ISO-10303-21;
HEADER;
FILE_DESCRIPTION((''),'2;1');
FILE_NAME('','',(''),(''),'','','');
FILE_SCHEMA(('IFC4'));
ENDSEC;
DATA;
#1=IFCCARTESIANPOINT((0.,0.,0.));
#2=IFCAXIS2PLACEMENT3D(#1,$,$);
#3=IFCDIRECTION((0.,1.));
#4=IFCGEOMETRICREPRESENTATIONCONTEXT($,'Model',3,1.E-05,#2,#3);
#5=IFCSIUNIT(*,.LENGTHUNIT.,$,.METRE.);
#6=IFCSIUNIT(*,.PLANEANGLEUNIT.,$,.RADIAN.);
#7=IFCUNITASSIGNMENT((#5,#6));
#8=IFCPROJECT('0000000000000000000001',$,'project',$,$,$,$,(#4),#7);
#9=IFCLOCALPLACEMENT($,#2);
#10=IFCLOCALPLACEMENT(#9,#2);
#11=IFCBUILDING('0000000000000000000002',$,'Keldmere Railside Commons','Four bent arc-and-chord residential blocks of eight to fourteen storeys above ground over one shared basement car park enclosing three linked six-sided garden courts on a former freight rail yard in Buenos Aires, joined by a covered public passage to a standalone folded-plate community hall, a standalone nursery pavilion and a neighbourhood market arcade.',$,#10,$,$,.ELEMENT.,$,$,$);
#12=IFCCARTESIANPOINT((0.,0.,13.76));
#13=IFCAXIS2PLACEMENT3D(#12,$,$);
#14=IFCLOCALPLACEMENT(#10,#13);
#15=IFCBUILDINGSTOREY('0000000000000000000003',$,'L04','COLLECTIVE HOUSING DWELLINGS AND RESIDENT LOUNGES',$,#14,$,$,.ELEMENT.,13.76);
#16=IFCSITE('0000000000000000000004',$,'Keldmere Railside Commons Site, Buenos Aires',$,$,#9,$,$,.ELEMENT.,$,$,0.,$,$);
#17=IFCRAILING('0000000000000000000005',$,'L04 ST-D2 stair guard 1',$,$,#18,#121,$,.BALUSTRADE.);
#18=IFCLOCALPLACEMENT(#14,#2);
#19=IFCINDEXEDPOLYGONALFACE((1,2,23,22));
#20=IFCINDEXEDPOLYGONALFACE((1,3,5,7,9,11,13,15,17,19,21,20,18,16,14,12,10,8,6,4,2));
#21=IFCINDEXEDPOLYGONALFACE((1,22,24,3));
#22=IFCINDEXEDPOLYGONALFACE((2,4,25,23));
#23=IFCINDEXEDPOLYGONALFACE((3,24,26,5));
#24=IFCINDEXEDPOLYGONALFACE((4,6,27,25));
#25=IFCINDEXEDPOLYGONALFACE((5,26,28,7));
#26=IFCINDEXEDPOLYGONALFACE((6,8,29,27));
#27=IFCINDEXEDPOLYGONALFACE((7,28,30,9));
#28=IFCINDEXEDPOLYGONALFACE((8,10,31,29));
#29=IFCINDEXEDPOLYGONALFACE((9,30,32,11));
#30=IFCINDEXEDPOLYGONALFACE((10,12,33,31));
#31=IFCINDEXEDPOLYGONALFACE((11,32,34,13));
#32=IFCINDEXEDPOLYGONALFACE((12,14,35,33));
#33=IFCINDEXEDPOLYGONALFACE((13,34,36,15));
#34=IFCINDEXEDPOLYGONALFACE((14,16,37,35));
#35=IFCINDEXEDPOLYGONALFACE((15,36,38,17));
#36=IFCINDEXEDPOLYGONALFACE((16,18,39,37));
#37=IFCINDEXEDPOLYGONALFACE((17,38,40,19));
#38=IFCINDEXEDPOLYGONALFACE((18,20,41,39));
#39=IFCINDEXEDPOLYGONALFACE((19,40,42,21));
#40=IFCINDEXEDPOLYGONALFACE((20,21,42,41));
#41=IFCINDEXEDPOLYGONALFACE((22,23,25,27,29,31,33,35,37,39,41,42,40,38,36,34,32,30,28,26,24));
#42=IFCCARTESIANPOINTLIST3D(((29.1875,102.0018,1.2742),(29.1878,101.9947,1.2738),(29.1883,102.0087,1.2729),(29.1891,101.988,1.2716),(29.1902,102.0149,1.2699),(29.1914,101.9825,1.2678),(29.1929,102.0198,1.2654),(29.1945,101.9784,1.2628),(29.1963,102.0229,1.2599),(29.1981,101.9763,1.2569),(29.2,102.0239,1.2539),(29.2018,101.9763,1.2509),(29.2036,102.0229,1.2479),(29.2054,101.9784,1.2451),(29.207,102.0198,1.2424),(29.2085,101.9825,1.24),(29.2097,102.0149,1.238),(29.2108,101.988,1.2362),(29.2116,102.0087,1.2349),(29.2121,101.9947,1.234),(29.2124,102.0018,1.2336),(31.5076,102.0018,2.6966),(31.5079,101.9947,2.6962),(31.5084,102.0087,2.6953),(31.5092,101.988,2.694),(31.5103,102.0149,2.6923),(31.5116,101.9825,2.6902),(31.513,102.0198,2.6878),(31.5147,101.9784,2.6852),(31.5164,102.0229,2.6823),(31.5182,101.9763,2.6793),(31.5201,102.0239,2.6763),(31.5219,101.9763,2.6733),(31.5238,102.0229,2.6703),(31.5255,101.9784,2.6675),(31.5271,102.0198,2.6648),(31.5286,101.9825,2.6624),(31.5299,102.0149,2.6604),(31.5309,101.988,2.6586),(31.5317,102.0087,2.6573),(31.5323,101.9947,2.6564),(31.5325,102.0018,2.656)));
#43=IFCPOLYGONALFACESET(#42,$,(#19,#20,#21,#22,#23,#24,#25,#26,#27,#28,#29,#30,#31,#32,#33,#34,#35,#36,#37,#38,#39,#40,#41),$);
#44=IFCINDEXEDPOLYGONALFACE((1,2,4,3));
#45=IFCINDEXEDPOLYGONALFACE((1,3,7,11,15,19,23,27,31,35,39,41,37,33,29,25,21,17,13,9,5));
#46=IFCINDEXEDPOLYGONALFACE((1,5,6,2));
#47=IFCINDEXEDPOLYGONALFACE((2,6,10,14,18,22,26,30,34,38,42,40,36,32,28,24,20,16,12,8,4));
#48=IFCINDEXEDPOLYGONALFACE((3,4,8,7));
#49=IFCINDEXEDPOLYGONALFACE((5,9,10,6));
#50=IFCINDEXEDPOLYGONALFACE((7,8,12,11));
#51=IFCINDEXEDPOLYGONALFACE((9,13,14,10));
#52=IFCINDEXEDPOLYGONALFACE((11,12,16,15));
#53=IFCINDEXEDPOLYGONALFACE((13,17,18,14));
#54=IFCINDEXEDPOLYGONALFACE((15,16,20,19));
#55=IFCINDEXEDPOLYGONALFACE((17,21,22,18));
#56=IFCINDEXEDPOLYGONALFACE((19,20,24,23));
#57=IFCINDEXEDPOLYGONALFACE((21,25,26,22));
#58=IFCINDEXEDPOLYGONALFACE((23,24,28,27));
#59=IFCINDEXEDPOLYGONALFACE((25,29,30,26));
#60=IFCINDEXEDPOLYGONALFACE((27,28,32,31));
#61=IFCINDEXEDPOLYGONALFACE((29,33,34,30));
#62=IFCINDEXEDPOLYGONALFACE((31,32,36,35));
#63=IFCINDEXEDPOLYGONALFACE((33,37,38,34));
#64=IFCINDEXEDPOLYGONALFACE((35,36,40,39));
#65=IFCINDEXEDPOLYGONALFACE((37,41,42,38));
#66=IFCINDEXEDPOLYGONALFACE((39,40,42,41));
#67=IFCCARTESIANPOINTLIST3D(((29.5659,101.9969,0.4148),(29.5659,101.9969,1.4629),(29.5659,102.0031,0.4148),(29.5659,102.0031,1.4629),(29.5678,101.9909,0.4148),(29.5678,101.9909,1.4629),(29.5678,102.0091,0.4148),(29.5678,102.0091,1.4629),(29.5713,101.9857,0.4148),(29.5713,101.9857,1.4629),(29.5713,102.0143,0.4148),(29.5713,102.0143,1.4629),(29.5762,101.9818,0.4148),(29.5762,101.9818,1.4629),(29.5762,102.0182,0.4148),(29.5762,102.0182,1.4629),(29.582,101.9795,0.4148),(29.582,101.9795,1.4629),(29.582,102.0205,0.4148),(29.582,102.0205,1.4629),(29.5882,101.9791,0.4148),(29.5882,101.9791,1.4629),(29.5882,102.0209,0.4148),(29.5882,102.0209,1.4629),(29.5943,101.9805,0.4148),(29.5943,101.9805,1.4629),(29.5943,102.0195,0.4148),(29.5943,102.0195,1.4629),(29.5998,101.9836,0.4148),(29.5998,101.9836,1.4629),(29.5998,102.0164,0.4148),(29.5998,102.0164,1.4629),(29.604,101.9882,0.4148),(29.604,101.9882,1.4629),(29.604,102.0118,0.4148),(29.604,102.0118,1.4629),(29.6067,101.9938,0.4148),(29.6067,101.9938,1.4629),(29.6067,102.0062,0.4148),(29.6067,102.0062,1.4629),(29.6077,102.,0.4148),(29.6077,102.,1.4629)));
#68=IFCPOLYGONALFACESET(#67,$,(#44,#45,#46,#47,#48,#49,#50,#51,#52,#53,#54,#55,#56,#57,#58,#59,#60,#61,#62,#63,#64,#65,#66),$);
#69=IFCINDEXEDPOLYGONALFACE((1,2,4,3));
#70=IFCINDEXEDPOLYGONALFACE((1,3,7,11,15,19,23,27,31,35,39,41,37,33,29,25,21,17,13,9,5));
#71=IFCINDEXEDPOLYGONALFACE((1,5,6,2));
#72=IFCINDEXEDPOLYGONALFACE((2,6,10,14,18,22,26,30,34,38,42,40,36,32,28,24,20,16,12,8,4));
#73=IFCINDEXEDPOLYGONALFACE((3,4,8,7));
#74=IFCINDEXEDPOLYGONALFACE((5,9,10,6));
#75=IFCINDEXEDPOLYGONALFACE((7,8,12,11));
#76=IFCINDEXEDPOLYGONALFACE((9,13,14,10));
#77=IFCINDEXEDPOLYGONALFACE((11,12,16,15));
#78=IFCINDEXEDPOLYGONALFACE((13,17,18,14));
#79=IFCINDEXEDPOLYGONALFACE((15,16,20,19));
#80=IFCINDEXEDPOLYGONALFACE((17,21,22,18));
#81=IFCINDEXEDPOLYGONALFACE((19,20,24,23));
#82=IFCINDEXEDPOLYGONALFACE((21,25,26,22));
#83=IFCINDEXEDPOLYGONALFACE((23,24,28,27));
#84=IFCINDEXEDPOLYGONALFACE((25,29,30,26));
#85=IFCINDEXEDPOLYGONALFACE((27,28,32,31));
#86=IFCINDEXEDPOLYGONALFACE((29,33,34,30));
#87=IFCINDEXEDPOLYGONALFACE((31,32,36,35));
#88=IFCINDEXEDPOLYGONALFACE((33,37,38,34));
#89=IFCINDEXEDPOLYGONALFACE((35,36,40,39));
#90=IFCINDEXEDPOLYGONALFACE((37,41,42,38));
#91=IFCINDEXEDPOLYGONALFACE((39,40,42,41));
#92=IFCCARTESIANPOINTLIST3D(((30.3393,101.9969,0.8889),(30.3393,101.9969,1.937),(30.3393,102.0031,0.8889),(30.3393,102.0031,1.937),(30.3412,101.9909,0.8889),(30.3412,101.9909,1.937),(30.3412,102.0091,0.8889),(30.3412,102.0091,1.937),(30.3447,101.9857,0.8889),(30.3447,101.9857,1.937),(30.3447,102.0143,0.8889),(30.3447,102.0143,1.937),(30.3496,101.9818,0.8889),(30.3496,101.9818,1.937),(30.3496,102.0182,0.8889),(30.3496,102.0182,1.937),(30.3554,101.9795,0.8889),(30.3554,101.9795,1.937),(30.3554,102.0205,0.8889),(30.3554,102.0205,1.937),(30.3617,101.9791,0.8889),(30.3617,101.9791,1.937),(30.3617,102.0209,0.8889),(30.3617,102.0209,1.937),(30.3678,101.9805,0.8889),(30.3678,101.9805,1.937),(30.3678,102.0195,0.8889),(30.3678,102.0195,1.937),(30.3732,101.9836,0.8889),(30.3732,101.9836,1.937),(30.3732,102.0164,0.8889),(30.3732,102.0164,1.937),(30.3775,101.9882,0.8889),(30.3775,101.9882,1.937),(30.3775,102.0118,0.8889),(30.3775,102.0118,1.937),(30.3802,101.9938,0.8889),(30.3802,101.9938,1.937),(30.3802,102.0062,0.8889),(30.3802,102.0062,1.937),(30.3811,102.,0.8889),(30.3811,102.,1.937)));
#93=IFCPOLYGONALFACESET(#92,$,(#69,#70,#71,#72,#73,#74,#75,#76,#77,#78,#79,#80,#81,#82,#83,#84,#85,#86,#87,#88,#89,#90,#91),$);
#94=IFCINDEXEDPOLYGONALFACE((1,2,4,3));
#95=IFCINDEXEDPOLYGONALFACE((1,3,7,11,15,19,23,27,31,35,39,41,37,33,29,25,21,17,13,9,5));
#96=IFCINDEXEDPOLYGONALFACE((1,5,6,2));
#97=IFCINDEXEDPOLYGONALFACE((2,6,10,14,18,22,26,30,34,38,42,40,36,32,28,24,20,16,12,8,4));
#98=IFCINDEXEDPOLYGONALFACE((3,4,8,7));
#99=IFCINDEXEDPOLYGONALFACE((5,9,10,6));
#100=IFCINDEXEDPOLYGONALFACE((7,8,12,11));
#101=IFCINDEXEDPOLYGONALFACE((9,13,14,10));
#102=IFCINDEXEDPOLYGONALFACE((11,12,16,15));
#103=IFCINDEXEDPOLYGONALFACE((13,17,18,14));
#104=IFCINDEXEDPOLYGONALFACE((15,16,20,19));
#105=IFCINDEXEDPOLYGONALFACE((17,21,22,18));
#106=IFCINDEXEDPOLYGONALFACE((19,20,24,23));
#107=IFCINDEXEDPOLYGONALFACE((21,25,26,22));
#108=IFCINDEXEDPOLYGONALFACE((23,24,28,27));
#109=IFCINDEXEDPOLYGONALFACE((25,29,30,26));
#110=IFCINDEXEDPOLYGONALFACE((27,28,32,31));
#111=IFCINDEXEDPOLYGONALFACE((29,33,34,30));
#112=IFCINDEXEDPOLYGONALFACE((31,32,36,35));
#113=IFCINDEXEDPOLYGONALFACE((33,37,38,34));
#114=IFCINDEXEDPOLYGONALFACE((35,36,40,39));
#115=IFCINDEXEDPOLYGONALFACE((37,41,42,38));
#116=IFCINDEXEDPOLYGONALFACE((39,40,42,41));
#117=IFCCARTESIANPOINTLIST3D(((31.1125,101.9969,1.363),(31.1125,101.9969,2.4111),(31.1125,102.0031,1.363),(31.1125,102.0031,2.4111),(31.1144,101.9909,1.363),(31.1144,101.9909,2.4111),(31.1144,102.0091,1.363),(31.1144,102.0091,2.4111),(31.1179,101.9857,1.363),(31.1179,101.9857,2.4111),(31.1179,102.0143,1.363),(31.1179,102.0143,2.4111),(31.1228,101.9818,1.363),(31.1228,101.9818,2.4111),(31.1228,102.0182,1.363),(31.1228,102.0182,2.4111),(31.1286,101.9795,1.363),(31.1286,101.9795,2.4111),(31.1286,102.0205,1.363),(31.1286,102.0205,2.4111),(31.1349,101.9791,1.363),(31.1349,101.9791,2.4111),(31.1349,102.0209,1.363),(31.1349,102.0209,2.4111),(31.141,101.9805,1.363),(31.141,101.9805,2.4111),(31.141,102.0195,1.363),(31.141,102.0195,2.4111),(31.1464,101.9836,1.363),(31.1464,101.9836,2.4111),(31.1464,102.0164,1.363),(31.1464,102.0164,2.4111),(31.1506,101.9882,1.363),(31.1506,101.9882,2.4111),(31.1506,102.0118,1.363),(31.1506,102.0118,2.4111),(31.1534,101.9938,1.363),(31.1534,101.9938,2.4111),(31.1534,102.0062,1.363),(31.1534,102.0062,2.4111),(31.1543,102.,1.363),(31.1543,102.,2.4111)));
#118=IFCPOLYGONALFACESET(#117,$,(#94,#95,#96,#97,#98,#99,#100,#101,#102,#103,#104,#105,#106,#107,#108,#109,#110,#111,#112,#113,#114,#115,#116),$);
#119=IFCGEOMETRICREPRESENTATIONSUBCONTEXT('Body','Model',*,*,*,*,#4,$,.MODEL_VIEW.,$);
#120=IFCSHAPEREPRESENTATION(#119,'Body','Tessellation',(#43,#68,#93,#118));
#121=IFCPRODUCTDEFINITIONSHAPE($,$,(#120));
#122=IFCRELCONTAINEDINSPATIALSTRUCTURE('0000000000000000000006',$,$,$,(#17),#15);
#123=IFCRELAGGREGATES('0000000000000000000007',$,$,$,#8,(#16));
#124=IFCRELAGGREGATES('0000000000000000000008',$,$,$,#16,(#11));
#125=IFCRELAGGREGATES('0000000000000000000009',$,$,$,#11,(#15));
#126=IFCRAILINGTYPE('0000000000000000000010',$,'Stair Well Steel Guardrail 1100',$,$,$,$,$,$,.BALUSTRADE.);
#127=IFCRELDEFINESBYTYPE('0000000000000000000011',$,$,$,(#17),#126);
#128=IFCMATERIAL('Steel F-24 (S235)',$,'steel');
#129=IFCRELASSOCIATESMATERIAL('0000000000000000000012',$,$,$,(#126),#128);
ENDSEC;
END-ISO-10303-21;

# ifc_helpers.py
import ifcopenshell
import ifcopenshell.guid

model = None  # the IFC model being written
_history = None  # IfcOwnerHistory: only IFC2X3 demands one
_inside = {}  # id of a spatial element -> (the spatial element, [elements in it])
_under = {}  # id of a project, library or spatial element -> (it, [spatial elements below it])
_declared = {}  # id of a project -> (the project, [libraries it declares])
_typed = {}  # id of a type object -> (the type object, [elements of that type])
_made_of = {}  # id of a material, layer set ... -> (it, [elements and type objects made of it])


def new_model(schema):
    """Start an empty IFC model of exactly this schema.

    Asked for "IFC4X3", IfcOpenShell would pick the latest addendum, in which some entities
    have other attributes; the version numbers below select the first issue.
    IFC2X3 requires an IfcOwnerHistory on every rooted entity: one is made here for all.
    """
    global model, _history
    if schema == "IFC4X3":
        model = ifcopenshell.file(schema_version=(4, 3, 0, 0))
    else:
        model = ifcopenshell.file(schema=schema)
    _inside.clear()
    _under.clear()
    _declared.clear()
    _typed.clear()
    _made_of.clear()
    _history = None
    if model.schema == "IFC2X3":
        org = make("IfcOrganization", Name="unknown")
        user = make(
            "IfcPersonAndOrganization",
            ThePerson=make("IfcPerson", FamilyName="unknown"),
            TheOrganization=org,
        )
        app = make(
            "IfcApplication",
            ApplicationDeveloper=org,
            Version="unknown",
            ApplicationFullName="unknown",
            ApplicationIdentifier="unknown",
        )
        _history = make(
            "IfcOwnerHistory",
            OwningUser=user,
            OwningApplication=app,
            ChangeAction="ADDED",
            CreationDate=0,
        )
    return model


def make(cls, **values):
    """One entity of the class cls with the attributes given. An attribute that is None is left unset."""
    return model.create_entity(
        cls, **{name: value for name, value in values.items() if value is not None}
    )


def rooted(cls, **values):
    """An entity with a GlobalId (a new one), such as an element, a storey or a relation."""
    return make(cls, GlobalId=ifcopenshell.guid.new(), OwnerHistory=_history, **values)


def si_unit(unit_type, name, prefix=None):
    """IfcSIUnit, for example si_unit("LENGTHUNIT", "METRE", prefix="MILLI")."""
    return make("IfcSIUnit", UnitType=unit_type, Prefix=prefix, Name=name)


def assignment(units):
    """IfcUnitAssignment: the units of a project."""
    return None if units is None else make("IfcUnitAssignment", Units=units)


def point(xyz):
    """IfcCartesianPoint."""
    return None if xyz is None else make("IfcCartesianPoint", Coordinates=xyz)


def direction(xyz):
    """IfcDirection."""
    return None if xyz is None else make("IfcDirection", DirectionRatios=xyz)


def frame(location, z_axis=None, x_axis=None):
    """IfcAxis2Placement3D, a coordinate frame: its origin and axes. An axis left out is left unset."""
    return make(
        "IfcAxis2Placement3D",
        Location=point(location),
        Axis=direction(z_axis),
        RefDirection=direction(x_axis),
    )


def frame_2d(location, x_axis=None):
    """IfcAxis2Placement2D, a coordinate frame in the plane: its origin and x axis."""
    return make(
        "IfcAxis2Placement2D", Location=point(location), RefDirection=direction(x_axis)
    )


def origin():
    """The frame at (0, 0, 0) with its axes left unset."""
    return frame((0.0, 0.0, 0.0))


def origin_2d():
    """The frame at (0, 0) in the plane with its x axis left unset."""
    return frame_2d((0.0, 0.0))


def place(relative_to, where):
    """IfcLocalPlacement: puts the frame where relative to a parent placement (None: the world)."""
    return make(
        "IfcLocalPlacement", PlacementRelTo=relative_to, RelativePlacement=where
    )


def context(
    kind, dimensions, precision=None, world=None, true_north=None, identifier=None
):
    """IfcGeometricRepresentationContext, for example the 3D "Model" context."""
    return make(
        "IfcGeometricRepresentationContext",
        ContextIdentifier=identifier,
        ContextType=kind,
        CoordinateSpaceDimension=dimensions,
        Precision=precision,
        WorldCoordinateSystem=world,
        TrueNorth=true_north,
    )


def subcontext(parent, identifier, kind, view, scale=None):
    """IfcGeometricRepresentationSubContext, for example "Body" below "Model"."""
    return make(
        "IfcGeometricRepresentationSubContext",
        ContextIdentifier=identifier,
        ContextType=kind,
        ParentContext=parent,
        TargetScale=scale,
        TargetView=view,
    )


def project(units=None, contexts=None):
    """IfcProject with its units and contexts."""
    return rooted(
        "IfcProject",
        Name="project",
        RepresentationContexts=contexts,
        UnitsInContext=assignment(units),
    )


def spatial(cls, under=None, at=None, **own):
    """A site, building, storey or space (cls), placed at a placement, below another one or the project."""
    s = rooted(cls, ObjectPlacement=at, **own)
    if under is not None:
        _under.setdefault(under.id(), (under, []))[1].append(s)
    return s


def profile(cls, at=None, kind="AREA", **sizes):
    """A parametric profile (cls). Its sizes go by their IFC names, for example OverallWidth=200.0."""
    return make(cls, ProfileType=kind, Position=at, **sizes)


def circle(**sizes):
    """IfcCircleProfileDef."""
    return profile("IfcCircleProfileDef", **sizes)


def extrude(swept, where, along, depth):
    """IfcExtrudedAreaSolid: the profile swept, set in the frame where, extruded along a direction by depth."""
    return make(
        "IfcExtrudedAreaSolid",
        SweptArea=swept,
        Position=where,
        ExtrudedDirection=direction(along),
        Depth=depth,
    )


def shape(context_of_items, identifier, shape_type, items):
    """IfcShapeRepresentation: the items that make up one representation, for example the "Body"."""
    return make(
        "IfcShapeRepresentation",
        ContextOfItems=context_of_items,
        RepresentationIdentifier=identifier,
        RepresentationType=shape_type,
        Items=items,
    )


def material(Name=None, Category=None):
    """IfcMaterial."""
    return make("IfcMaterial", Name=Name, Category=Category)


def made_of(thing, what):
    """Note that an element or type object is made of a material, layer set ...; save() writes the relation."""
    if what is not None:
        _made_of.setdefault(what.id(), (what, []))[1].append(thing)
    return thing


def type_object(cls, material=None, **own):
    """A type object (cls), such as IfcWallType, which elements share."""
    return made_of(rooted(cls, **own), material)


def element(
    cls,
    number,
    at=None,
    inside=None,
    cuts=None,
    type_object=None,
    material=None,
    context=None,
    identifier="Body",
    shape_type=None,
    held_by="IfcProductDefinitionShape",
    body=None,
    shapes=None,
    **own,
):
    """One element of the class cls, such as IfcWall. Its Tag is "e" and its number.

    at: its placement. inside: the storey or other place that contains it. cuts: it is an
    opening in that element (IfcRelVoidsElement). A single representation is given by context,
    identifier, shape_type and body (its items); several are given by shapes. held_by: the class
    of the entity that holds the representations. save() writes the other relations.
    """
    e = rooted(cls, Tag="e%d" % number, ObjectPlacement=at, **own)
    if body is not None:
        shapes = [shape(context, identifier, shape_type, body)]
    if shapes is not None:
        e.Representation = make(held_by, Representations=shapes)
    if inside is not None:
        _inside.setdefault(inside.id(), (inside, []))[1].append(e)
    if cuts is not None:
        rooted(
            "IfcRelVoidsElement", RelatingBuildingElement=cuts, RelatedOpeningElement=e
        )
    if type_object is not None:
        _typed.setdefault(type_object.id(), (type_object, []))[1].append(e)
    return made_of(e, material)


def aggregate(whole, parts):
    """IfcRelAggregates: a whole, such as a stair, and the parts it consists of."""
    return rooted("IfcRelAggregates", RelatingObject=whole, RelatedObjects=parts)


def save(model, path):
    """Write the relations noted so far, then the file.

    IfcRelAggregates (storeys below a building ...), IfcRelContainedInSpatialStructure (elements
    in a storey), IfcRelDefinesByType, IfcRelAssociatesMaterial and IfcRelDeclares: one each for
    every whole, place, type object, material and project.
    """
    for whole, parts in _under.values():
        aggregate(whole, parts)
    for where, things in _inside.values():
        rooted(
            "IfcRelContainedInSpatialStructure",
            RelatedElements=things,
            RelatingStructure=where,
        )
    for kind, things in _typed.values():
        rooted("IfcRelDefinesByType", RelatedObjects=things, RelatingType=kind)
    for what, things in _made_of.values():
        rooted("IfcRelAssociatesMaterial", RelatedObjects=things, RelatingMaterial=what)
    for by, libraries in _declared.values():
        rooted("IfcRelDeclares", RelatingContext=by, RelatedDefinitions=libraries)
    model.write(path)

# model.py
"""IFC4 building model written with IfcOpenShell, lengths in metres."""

from ifc_helpers import new_model, si_unit, direction, frame, origin, origin_2d, place, context, subcontext, project, spatial, circle, extrude, material, type_object, element, save


model = new_model("IFC4")

# Units and contexts
model_context = context("Model", 3, precision=1e-05, world=origin(), true_north=direction((0.0, 1.0)))
body_context = subcontext(model_context, "Body", "Model", "MODEL_VIEW")
ifc_project = project(units=[si_unit("LENGTHUNIT", "METRE"), si_unit("PLANEANGLEUNIT", "RADIAN")], contexts=[model_context])

# Site, building, storey
site_placement = place(None, origin())
site = spatial("IfcSite", under=ifc_project, at=site_placement, Name="Keldmere Railside Commons Site, Buenos Aires", CompositionType="ELEMENT", RefElevation=0.0)
building_placement = place(site_placement, origin())
building = spatial("IfcBuilding", under=site, at=building_placement, Name="Keldmere Railside Commons", Description="Four bent arc-and-chord residential blocks of eight to fourteen storeys above ground over one shared basement car park enclosing three linked six-sided garden courts on a former freight rail yard in Buenos Aires, joined by a covered public passage to a standalone folded-plate community hall, a standalone nursery pavilion and a neighbourhood market arcade.", CompositionType="ELEMENT")
storey_placement = place(building_placement, frame((0.0, 0.0, 13.76)))
storey = spatial("IfcBuildingStorey", under=building, at=storey_placement, Name="L04", Description="COLLECTIVE HOUSING DWELLINGS AND RESIDENT LOUNGES", CompositionType="ELEMENT", Elevation=13.76)

# Railing
ifc_material_1 = material(Name="Steel F-24 (S235)", Category="steel")
railing_type_1 = type_object("IfcRailingType", Name="Stair Well Steel Guardrail 1100", PredefinedType="BALUSTRADE", material=ifc_material_1)
railing_1_placement = place(storey_placement, frame((29.2, 102.0, 0.1777)))
element("IfcRailing", 1, at=railing_1_placement, inside=storey, type_object=railing_type_1, Name="L04 ST-D2 stair guard 1", PredefinedType="BALUSTRADE", context=body_context, shape_type="SweptSolid", body=[
    extrude(circle(Radius=0.0239, at=origin_2d()), frame((0.0, 0.0, 1.0762), z_axis=(0.852538, 0.0, 0.522665), x_axis=(0.0, 1.0, 0.0)), (0.0, 0.0, 1.0), 2.7214),
    extrude(circle(Radius=0.021, at=origin_2d()), frame((0.3867, 0.0, 0.2371)), (0.0, 0.0, 1.0), 1.0481),
    extrude(circle(Radius=0.021, at=origin_2d()), frame((1.1602, 0.0, 0.7112)), (0.0, 0.0, 1.0), 1.0481),
    extrude(circle(Radius=0.021, at=origin_2d()), frame((1.9333, 0.0, 1.1853)), (0.0, 0.0, 1.0), 1.0481),
])

save(model, "model.ifc")
